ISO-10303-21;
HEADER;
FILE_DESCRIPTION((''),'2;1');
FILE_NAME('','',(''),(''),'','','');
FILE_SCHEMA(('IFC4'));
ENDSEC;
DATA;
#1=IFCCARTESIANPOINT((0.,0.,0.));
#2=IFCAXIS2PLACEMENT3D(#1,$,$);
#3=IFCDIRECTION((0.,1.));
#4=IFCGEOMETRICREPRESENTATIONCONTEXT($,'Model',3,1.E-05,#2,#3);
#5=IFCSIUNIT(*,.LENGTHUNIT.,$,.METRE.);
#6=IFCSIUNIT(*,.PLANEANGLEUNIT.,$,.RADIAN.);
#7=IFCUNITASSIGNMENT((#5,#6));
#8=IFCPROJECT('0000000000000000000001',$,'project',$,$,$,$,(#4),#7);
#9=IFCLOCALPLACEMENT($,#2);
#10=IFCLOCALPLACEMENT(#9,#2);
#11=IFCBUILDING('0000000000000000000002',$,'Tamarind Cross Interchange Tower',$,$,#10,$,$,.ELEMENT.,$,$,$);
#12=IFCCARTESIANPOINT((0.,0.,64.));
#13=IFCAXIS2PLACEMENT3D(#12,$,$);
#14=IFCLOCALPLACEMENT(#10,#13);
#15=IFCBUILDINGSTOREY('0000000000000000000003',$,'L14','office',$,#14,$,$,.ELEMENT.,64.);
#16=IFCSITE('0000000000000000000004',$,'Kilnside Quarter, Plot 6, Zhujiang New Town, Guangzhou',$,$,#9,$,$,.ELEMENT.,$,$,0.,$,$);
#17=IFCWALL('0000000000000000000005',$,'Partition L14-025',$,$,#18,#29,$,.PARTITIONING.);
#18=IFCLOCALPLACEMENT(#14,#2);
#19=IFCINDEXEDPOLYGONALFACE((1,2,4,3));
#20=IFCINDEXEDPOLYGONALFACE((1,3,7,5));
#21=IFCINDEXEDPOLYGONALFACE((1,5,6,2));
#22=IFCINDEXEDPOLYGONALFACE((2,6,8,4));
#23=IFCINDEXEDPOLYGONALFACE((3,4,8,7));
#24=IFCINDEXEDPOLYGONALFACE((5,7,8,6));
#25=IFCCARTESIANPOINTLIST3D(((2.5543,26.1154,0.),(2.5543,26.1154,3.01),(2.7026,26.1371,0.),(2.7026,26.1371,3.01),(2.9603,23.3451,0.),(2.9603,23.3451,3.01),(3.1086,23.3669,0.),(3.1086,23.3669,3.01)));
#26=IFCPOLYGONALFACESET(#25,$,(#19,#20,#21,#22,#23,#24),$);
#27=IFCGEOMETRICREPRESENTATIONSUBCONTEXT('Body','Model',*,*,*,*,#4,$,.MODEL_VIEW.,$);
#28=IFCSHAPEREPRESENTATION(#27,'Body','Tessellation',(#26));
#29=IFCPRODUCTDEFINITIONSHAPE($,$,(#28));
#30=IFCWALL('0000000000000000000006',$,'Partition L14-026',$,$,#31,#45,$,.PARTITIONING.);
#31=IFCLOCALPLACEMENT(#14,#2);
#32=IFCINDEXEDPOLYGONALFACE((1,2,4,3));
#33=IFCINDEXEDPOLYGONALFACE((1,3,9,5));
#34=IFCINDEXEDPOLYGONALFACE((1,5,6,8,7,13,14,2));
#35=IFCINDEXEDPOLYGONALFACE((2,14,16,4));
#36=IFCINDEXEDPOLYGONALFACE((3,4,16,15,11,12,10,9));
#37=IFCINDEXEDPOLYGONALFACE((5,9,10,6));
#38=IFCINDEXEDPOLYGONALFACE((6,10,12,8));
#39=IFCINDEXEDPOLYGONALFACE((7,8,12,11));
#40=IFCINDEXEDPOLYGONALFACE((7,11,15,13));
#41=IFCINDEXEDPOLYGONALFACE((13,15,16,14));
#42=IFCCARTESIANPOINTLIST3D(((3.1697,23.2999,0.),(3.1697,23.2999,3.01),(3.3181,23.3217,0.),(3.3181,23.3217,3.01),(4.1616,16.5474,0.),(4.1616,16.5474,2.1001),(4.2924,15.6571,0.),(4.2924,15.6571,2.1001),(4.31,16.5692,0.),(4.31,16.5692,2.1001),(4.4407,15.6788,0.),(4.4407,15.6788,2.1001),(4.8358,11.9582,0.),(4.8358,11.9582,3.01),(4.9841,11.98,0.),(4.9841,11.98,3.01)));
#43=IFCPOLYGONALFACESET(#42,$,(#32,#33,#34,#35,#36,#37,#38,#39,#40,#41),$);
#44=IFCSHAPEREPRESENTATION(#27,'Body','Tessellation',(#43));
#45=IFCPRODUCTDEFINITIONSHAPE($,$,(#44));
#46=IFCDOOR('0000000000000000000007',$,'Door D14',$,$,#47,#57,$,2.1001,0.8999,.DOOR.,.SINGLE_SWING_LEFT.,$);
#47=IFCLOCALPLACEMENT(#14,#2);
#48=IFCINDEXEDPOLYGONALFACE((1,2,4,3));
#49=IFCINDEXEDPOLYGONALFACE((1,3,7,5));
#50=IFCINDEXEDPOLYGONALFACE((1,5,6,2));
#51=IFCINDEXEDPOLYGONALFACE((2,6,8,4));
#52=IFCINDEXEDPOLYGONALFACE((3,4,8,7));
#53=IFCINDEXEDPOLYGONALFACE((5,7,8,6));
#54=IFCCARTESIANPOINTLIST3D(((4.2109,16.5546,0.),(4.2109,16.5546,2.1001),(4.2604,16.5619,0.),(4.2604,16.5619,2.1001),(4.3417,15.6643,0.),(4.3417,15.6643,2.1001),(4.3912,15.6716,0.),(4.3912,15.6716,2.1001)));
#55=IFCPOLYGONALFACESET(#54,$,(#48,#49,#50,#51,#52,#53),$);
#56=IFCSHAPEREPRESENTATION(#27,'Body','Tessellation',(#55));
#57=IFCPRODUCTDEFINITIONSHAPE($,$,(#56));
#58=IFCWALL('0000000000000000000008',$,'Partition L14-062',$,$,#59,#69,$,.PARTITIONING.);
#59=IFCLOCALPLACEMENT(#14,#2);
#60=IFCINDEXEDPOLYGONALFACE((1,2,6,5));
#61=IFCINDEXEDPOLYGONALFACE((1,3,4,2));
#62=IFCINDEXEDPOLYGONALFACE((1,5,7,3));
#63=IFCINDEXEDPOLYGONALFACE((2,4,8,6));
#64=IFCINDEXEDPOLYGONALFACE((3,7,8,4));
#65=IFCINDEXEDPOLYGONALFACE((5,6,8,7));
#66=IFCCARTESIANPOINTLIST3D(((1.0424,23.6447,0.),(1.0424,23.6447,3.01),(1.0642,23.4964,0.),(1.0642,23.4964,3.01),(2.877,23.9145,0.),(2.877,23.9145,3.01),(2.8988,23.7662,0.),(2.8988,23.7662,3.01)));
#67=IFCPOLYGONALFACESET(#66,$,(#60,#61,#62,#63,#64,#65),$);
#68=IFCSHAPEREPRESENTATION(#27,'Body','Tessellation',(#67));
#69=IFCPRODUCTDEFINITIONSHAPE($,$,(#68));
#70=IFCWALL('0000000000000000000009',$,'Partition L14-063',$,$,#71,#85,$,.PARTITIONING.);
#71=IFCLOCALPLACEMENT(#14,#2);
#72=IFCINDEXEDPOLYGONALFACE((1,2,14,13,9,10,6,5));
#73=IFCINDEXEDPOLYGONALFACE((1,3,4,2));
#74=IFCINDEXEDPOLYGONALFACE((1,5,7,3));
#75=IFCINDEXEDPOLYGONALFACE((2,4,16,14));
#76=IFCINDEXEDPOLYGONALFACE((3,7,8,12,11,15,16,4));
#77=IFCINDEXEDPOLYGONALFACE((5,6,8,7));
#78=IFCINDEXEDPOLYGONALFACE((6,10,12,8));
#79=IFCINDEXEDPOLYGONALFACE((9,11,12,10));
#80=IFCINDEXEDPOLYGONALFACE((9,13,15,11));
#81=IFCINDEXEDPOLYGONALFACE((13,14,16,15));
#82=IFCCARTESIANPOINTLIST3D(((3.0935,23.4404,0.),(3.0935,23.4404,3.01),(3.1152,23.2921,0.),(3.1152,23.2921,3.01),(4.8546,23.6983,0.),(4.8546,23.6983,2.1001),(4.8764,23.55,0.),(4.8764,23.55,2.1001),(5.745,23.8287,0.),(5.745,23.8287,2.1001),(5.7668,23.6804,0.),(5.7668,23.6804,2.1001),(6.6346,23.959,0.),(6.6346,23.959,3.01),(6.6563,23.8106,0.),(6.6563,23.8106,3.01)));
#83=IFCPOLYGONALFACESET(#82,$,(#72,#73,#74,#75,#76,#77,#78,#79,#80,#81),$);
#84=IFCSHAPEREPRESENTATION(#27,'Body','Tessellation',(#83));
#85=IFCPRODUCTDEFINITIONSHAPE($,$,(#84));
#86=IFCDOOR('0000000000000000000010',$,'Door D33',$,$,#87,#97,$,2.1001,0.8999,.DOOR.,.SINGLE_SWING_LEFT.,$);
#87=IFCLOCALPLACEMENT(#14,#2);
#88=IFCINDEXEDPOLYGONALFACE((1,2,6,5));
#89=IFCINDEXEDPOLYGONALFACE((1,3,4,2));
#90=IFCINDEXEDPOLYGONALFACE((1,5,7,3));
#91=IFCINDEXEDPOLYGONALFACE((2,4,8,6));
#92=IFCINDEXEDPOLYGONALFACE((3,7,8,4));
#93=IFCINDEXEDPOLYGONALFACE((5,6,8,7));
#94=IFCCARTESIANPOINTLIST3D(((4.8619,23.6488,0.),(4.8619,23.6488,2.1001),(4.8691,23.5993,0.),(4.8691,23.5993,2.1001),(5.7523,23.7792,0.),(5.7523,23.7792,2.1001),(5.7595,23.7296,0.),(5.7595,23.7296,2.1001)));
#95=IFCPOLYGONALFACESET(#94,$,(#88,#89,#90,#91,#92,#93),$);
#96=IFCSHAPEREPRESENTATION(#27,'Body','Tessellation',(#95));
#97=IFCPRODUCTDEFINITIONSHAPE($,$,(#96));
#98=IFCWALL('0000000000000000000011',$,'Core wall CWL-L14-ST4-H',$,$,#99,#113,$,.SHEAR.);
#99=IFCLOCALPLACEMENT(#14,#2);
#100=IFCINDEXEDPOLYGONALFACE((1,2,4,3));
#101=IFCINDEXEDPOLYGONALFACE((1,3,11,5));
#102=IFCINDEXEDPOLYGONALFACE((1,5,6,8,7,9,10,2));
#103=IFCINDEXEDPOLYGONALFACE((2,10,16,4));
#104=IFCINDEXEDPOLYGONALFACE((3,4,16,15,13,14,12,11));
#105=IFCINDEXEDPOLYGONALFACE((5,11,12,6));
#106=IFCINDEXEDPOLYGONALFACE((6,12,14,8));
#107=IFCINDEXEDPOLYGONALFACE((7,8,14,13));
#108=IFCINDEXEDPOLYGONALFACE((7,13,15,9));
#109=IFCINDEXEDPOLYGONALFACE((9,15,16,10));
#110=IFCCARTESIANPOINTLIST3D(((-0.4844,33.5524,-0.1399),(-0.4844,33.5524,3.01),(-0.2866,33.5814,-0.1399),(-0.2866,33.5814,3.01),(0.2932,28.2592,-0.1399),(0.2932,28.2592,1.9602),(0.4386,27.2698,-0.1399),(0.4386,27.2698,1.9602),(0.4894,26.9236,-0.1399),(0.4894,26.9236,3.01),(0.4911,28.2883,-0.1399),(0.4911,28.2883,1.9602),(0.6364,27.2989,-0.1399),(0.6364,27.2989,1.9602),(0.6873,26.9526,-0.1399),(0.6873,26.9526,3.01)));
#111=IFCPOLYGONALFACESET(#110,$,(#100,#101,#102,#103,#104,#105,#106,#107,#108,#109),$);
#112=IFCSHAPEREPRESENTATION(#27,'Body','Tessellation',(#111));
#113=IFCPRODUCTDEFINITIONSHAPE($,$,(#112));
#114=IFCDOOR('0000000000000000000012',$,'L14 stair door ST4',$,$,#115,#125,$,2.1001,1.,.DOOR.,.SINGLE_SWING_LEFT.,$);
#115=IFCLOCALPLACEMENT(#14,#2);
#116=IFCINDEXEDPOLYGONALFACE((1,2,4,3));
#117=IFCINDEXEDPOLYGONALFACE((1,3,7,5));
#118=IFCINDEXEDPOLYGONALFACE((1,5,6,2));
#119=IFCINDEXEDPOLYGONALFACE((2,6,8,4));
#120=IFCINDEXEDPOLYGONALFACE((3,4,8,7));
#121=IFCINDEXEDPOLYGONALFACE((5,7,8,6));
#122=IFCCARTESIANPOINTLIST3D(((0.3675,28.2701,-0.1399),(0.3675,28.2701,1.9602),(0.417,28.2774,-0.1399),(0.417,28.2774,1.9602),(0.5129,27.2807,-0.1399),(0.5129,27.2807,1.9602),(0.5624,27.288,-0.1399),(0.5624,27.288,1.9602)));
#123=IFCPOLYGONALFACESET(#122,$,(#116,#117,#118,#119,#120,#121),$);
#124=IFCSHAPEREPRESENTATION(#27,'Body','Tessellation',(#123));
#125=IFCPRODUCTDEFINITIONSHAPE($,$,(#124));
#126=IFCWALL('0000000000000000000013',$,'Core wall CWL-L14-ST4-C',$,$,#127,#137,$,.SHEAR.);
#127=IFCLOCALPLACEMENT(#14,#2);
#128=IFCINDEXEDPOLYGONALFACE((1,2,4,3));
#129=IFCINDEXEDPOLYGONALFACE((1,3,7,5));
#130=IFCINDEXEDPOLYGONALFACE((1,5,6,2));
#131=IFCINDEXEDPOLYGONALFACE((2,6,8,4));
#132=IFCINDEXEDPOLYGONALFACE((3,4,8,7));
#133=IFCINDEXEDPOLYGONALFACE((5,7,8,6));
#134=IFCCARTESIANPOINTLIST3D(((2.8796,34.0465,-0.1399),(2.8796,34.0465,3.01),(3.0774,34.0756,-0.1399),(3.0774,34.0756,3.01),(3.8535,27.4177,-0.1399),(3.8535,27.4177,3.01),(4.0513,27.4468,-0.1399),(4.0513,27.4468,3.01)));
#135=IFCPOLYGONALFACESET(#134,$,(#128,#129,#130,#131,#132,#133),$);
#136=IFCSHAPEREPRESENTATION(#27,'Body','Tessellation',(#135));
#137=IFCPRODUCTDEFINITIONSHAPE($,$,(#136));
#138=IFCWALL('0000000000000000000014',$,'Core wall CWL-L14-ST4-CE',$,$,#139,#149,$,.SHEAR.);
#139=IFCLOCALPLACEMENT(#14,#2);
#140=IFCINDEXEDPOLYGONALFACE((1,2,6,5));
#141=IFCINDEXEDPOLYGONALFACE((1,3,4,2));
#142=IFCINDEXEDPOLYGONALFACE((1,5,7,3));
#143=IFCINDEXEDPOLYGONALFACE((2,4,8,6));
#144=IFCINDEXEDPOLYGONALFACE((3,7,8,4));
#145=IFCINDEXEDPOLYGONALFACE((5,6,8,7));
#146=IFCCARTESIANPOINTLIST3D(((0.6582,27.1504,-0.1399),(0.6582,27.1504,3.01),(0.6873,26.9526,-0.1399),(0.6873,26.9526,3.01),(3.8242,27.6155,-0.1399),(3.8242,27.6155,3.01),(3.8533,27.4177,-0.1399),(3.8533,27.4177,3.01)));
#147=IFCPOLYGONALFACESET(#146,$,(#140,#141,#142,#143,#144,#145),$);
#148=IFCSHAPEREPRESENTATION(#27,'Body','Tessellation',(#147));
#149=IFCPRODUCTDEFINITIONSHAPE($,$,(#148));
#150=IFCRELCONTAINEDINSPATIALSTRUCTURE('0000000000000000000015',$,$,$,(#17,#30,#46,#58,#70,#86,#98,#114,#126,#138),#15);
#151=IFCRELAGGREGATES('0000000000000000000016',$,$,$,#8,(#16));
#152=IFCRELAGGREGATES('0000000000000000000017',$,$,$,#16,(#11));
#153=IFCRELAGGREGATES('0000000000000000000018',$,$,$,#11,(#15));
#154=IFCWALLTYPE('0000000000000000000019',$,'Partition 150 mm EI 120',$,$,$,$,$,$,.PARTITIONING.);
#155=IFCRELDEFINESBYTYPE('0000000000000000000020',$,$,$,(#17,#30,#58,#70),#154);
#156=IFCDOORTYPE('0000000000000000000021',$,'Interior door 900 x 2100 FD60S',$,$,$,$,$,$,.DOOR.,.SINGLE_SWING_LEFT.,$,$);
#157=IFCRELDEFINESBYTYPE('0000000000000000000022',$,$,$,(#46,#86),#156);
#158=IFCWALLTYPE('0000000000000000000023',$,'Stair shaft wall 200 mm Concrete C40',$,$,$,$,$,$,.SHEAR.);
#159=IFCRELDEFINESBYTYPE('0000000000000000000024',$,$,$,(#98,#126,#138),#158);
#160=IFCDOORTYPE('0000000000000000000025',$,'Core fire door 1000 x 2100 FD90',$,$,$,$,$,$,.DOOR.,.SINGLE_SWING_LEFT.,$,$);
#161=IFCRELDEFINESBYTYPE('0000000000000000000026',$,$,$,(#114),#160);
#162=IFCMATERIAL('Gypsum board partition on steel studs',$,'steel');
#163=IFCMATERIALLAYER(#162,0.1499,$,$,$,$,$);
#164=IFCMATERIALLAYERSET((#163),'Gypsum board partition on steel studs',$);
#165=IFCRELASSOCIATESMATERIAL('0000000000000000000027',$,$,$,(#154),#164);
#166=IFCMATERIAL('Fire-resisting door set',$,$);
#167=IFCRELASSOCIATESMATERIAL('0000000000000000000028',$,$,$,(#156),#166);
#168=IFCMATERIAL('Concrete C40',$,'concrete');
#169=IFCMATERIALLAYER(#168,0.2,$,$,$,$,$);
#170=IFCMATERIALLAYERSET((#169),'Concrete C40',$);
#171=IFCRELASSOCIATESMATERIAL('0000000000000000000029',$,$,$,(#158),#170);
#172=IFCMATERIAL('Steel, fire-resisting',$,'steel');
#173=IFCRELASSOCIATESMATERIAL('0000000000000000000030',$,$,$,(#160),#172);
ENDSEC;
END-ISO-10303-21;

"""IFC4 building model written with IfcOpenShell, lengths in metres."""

from ifc_helpers import new_model, si_unit, direction, frame, frame_2d, origin, place, context, subcontext, project, spatial, rectangle, extrude, material, layer, layer_set, type_object, element, fill, save


model = new_model("IFC4")

# Units and contexts
model_context = context("Model", 3, precision=1e-05, world=origin(), true_north=direction((0.0, 1.0)))
body_context = subcontext(model_context, "Body", "Model", "MODEL_VIEW")
ifc_project = project(units=[si_unit("LENGTHUNIT", "METRE"), si_unit("PLANEANGLEUNIT", "RADIAN")], contexts=[model_context])

# Site, building, storey
site_placement = place(None, origin())
site = spatial("IfcSite", under=ifc_project, at=site_placement, Name="Kilnside Quarter, Plot 6, Zhujiang New Town, Guangzhou", CompositionType="ELEMENT", RefElevation=0.0)
building_placement = place(site_placement, origin())
building = spatial("IfcBuilding", under=site, at=building_placement, Name="Tamarind Cross Interchange Tower", CompositionType="ELEMENT")
storey_placement = place(building_placement, frame((0.0, 0.0, 64.0)))
storey = spatial("IfcBuildingStorey", under=building, at=storey_placement, Name="L14", Description="office", CompositionType="ELEMENT", Elevation=64.0)

# Shared definitions
ifc_material_1 = material(Name="Gypsum board partition on steel studs", Category="steel")
ifc_layer_1 = layer(ifc_material_1, 0.1499)
ifc_layer_set_1 = layer_set([ifc_layer_1], Name="Gypsum board partition on steel studs")
wall_type_1 = type_object("IfcWallType", Name="Partition 150 mm EI 120", PredefinedType="PARTITIONING", material=ifc_layer_set_1)
ifc_material_2 = material(Name="Fire-resisting door set")
door_type_1 = type_object("IfcDoorType", Name="Interior door 900 x 2100 FD60S", OperationType="SINGLE_SWING_LEFT", PredefinedType="DOOR", material=ifc_material_2)

# Wall
wall_1_placement = place(storey_placement, frame((2.6284, 26.1262, 0.0), z_axis=(0.0, 0.0, 1.0), x_axis=(0.145009, -0.98943, 0.0)))
element("IfcWall", 1, at=wall_1_placement, inside=storey, type_object=wall_type_1, Name="Partition L14-025", PredefinedType="PARTITIONING", context=body_context, shape_type="SweptSolid", body=[
    extrude(rectangle(XDim=2.7998, YDim=0.1499, at=frame_2d((1.3999, 0.0))), origin(), (0.0, 0.0, 1.0), 3.01),
])

# Wall, opening, door
wall_2_placement = place(storey_placement, frame((3.2439, 23.3108, 0.0), z_axis=(0.0, 0.0, 1.0), x_axis=(0.145335, -0.989382, 0.0)))
wall_2 = element("IfcWall", 2, at=wall_2_placement, inside=storey, type_object=wall_type_1, Name="Partition L14-026", PredefinedType="PARTITIONING", context=body_context, shape_type="SweptSolid", body=[
    extrude(rectangle(XDim=11.4634, YDim=0.1499, at=frame_2d((5.7317, 0.0))), origin(), (0.0, 0.0, 1.0), 3.01),
])
opening_1_placement = place(wall_2_placement, frame((6.825, 0.0, 0.0)))
opening_1 = element("IfcOpeningElement", 3, at=opening_1_placement, cuts=wall_2, PredefinedType="OPENING", context=body_context, shape_type="SweptSolid", body=[
    extrude(rectangle(XDim=0.8999, YDim=2.1001, at=frame_2d((0.45, 1.05))), frame((0.0, 0.085, 0.0), z_axis=(0.0, -1.0, 0.0), x_axis=(1.0, 0.0, 0.0)), (0.0, 0.0, 1.0), 0.1699),
])
door_1_placement = place(opening_1_placement, origin())
door_1 = element("IfcDoor", 4, at=door_1_placement, inside=storey, type_object=door_type_1, Name="Door D14", OperationType="SINGLE_SWING_LEFT", OverallHeight=2.1001, OverallWidth=0.8999, PredefinedType="DOOR", context=body_context, shape_type="SweptSolid", body=[
    extrude(rectangle(XDim=0.8999, YDim=2.1001, at=frame_2d((0.45, 1.05))), frame((0.0, 0.0249, 0.0), z_axis=(0.0, -1.0, 0.0), x_axis=(1.0, 0.0, 0.0)), (0.0, 0.0, 1.0), 0.05),
])
fill(opening_1, door_1)

# Wall
wall_3_placement = place(storey_placement, frame((1.0532, 23.5706, 0.0), z_axis=(0.0, 0.0, 1.0), x_axis=(0.989359, 0.145494, 0.0)))
element("IfcWall", 5, at=wall_3_placement, inside=storey, type_object=wall_type_1, Name="Partition L14-062", PredefinedType="PARTITIONING", context=body_context, shape_type="SweptSolid", body=[
    extrude(rectangle(XDim=1.8542, YDim=0.1499, at=frame_2d((0.9272, 0.0))), origin(), (0.0, 0.0, 1.0), 3.01),
])

# Walls, openings, doors
wall_4_placement = place(storey_placement, frame((3.1042, 23.3662, 0.0), z_axis=(0.0, 0.0, 1.0), x_axis=(0.989447, 0.144897, 0.0)))
wall_4 = element("IfcWall", 6, at=wall_4_placement, inside=storey, type_object=wall_type_1, Name="Partition L14-063", PredefinedType="PARTITIONING", context=body_context, shape_type="SweptSolid", body=[
    extrude(rectangle(XDim=3.5789, YDim=0.1499, at=frame_2d((1.7896, 0.0))), origin(), (0.0, 0.0, 1.0), 3.01),
])
opening_2_placement = place(wall_4_placement, frame((1.78, 0.0, 0.0)))
opening_2 = element("IfcOpeningElement", 7, at=opening_2_placement, cuts=wall_4, PredefinedType="OPENING", context=body_context, shape_type="SweptSolid", body=[
    extrude(rectangle(XDim=0.8999, YDim=2.1001, at=frame_2d((0.45, 1.05))), frame((0.0, 0.085, 0.0), z_axis=(0.0, -1.0, 0.0), x_axis=(1.0, 0.0, 0.0)), (0.0, 0.0, 1.0), 0.1699),
])
door_2_placement = place(opening_2_placement, origin())
door_2 = element("IfcDoor", 8, at=door_2_placement, inside=storey, type_object=door_type_1, Name="Door D33", OperationType="SINGLE_SWING_LEFT", OverallHeight=2.1001, OverallWidth=0.8999, PredefinedType="DOOR", context=body_context, shape_type="SweptSolid", body=[
    extrude(rectangle(XDim=0.8999, YDim=2.1001, at=frame_2d((0.45, 1.05))), frame((0.0, 0.0249, 0.0), z_axis=(0.0, -1.0, 0.0), x_axis=(1.0, 0.0, 0.0)), (0.0, 0.0, 1.0), 0.05),
])
fill(opening_2, door_2)
ifc_material_3 = material(Name="Concrete C40", Category="concrete")
ifc_layer_2 = layer(ifc_material_3, 0.2)
ifc_layer_set_2 = layer_set([ifc_layer_2], Name="Concrete C40")
wall_type_2 = type_object("IfcWallType", Name="Stair shaft wall 200 mm Concrete C40", PredefinedType="SHEAR", material=ifc_layer_set_2)
wall_5_placement = place(storey_placement, frame((0.5884, 26.938, -0.1399), z_axis=(0.0, 0.0, 1.0), x_axis=(-0.145353, 0.98938, 0.0)))
wall_5 = element("IfcWall", 9, at=wall_5_placement, inside=storey, type_object=wall_type_2, Name="Core wall CWL-L14-ST4-H", PredefinedType="SHEAR", context=body_context, shape_type="SweptSolid", body=[
    extrude(rectangle(XDim=6.7, YDim=0.2, at=frame_2d((3.3501, 0.0))), origin(), (0.0, 0.0, 1.0), 3.1499),
])
opening_3_placement = place(wall_5_placement, frame((0.3501, 0.0, 0.0)))
opening_3 = element("IfcOpeningElement", 10, at=opening_3_placement, cuts=wall_5, PredefinedType="OPENING", context=body_context, shape_type="SweptSolid", body=[
    extrude(rectangle(XDim=1.0, YDim=2.1001, at=frame_2d((0.5, 1.05))), frame((0.0, 0.1099, 0.0), z_axis=(0.0, -1.0, 0.0), x_axis=(1.0, 0.0, 0.0)), (0.0, 0.0, 1.0), 0.22),
])
ifc_material_4 = material(Name="Steel, fire-resisting", Category="steel")
door_type_2 = type_object("IfcDoorType", Name="Core fire door 1000 x 2100 FD90", OperationType="SINGLE_SWING_LEFT", PredefinedType="DOOR", material=ifc_material_4)
door_3_placement = place(opening_3_placement, origin())
door_3 = element("IfcDoor", 11, at=door_3_placement, inside=storey, type_object=door_type_2, Name="L14 stair door ST4", OperationType="SINGLE_SWING_LEFT", OverallHeight=2.1001, OverallWidth=1.0, PredefinedType="DOOR", context=body_context, shape_type="SweptSolid", body=[
    extrude(rectangle(XDim=1.0, YDim=2.1001, at=frame_2d((0.5, 1.05))), frame((0.0, 0.0249, 0.0), z_axis=(0.0, -1.0, 0.0), x_axis=(1.0, 0.0, 0.0)), (0.0, 0.0, 1.0), 0.05),
])
fill(opening_3, door_3)

# Walls
wall_6_placement = place(storey_placement, frame((3.9524, 27.4321, -0.1399), z_axis=(0.0, 0.0, 1.0), x_axis=(-0.145353, 0.98938, 0.0)))
element("IfcWall", 12, at=wall_6_placement, inside=storey, type_object=wall_type_2, Name="Core wall CWL-L14-ST4-C", PredefinedType="SHEAR", context=body_context, shape_type="SweptSolid", body=[
    extrude(rectangle(XDim=6.7, YDim=0.2, at=frame_2d((3.3501, 0.0))), origin(), (0.0, 0.0, 1.0), 3.1499),
])
wall_7_placement = place(storey_placement, frame((3.8389, 27.5166, -0.1399), z_axis=(0.0, 0.0, 1.0), x_axis=(-0.989382, -0.14534, 0.0)))
element("IfcWall", 13, at=wall_7_placement, inside=storey, type_object=wall_type_2, Name="Core wall CWL-L14-ST4-CE", PredefinedType="SHEAR", context=body_context, shape_type="SweptSolid", body=[
    extrude(rectangle(XDim=3.2, YDim=0.2, at=frame_2d((1.6001, 0.0))), origin(), (0.0, 0.0, 1.0), 3.1499),
])

save(model, "model.ifc")
